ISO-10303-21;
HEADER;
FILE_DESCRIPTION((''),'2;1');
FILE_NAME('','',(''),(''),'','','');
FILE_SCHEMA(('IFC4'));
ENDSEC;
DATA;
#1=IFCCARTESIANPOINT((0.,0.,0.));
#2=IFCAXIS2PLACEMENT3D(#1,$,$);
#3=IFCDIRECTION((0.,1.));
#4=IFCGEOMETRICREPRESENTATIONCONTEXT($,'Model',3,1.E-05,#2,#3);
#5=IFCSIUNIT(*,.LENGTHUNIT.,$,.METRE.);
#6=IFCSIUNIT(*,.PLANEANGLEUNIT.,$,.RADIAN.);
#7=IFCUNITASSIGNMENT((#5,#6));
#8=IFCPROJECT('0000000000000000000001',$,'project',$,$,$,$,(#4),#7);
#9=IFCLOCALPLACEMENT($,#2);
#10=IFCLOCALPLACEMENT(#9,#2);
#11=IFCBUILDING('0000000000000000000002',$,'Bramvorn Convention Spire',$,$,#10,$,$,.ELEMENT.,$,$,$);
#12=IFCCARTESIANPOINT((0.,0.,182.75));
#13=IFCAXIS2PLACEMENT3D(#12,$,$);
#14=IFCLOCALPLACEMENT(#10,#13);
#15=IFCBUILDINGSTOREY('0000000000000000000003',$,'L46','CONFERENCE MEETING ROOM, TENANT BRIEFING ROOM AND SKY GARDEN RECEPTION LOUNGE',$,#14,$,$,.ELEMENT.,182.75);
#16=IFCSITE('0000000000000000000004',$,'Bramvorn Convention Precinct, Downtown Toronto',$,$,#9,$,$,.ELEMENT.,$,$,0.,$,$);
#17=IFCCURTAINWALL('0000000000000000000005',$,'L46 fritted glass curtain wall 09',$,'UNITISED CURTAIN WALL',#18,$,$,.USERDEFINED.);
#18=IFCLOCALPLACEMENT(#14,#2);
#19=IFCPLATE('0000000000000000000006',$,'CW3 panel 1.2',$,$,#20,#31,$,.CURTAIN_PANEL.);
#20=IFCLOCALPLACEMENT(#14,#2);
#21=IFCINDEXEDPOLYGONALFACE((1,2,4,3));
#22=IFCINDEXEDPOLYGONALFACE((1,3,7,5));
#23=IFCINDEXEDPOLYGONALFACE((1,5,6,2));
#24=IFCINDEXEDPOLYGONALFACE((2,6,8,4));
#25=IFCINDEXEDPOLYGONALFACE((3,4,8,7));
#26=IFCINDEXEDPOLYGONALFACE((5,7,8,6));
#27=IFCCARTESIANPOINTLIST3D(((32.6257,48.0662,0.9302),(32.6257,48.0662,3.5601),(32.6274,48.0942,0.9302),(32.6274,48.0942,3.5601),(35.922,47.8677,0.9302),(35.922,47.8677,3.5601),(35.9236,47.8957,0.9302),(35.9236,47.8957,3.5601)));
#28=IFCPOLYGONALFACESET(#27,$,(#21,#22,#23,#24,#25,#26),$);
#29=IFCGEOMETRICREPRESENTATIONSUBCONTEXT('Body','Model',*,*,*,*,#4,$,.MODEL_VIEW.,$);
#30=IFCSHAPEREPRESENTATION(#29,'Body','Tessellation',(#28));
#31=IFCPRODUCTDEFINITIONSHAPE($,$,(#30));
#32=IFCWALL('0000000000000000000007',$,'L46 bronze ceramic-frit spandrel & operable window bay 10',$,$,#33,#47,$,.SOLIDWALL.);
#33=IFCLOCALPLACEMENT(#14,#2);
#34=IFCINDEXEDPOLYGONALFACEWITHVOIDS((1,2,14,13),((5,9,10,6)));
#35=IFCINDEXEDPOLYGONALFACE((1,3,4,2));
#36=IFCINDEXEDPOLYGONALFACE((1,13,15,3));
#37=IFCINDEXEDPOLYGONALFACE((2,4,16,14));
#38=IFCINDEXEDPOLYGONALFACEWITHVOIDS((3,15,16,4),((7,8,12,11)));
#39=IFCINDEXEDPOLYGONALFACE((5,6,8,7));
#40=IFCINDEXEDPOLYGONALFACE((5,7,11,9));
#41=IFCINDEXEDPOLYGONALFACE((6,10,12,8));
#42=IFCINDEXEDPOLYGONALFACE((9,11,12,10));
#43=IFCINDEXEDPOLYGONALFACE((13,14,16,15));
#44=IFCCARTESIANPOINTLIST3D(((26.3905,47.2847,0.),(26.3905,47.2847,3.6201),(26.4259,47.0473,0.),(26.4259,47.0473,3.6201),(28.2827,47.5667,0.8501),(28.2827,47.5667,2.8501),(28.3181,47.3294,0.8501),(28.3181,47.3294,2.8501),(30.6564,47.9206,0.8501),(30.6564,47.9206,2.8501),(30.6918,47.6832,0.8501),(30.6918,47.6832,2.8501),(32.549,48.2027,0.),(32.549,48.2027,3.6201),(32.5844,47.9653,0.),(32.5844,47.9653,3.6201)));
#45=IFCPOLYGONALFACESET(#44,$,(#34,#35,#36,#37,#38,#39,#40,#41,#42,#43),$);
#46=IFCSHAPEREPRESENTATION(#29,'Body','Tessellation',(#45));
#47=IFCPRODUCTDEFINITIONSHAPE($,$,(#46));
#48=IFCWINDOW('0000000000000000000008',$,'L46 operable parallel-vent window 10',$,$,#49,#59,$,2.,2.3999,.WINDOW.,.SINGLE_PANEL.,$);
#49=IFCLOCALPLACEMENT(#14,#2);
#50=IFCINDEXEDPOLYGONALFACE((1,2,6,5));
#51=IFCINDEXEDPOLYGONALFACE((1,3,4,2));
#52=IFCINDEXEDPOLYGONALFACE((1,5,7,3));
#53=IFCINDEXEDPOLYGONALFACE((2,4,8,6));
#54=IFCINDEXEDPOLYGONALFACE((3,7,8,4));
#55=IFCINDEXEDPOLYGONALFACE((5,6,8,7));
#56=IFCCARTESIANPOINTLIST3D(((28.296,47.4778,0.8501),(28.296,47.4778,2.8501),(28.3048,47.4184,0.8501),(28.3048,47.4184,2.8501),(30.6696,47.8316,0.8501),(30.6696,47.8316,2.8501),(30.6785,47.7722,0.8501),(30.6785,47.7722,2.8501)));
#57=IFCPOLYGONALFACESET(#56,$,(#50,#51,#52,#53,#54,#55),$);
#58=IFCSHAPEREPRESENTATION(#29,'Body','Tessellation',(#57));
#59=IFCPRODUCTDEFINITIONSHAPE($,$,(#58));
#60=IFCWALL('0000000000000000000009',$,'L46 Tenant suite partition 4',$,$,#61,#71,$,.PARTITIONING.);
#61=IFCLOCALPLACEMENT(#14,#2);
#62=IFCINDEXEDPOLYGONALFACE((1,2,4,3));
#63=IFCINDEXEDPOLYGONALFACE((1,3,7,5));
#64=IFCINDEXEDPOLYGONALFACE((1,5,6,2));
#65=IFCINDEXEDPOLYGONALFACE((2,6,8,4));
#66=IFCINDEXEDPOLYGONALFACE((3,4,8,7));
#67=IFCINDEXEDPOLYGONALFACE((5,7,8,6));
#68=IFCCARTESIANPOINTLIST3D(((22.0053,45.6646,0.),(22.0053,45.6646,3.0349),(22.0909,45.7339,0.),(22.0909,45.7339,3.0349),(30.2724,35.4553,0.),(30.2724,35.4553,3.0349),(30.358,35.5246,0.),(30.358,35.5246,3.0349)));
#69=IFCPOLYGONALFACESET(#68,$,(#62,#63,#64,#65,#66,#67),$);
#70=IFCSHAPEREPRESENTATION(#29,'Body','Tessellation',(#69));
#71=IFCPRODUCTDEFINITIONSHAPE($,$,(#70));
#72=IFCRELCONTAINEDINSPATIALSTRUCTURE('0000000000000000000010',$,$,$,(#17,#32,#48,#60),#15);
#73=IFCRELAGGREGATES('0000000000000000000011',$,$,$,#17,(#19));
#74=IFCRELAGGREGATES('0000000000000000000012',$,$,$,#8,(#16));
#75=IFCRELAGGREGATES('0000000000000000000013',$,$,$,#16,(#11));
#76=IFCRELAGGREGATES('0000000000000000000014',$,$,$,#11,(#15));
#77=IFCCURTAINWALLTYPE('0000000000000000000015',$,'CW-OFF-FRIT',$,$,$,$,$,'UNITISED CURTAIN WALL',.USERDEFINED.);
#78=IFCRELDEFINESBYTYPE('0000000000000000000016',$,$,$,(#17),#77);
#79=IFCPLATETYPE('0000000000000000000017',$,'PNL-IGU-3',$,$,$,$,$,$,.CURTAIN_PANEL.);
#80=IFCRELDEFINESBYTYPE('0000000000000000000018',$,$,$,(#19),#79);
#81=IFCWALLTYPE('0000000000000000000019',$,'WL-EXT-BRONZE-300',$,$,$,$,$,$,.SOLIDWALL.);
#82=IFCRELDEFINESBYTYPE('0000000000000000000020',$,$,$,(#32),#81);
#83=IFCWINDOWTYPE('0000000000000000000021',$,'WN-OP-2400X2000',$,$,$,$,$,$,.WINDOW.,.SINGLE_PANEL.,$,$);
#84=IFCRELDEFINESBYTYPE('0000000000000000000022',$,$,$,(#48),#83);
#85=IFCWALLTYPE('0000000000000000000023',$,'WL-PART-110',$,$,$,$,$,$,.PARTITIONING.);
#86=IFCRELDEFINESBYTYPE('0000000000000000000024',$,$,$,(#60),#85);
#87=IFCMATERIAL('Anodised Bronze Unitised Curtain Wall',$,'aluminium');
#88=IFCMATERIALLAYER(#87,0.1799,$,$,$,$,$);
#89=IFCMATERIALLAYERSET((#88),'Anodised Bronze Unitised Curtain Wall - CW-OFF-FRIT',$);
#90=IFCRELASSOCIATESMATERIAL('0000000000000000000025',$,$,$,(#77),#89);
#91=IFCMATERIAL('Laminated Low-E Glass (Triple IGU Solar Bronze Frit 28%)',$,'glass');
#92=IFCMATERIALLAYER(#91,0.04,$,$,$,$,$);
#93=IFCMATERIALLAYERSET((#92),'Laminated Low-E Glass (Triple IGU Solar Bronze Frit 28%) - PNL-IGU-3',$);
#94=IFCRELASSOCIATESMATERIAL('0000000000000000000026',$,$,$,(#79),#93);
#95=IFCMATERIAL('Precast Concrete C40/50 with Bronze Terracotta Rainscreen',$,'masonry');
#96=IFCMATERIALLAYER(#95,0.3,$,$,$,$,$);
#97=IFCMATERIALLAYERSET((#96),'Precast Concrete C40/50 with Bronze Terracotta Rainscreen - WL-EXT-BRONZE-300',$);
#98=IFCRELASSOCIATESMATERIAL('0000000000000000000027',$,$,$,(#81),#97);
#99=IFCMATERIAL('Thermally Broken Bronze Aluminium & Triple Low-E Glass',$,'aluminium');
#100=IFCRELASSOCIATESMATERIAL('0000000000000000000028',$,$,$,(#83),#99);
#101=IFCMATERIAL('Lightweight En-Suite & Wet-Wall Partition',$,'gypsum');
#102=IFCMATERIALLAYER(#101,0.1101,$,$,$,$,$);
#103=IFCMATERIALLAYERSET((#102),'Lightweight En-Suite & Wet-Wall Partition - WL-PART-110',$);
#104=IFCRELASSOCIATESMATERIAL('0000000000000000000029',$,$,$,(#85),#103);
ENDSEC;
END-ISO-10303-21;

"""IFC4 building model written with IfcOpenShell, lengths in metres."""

from ifc_helpers import new_model, si_unit, direction, frame, frame_2d, origin, origin_2d, place, context, subcontext, project, spatial, rectangle, extrude, material, layer, layer_set, type_object, element, fill, aggregate, save


model = new_model("IFC4")

# Units and contexts
model_context = context("Model", 3, precision=1e-05, world=origin(), true_north=direction((0.0, 1.0)))
body_context = subcontext(model_context, "Body", "Model", "MODEL_VIEW")
ifc_project = project(units=[si_unit("LENGTHUNIT", "METRE"), si_unit("PLANEANGLEUNIT", "RADIAN")], contexts=[model_context])

# Site, building, storey
site_placement = place(None, origin())
site = spatial("IfcSite", under=ifc_project, at=site_placement, Name="Bramvorn Convention Precinct, Downtown Toronto", CompositionType="ELEMENT", RefElevation=0.0)
building_placement = place(site_placement, origin())
building = spatial("IfcBuilding", under=site, at=building_placement, Name="Bramvorn Convention Spire", CompositionType="ELEMENT")
storey_placement = place(building_placement, frame((0.0, 0.0, 182.75)))
storey = spatial("IfcBuildingStorey", under=building, at=storey_placement, Name="L46", Description="CONFERENCE MEETING ROOM, TENANT BRIEFING ROOM AND SKY GARDEN RECEPTION LOUNGE", CompositionType="ELEMENT", Elevation=182.75)

# Curtain wall
ifc_material_1 = material(Name="Anodised Bronze Unitised Curtain Wall", Category="aluminium")
ifc_layer_1 = layer(ifc_material_1, 0.1799)
ifc_layer_set_1 = layer_set([ifc_layer_1], Name="Anodised Bronze Unitised Curtain Wall - CW-OFF-FRIT")
curtain_wall_type = type_object("IfcCurtainWallType", Name="CW-OFF-FRIT", ElementType="UNITISED CURTAIN WALL", PredefinedType="USERDEFINED", material=ifc_layer_set_1)
curtain_wall_placement = place(storey_placement, origin())
curtain_wall = element("IfcCurtainWall", 1, at=curtain_wall_placement, inside=storey, type_object=curtain_wall_type, Name="L46 fritted glass curtain wall 09", ObjectType="UNITISED CURTAIN WALL", PredefinedType="USERDEFINED")

# Plate
ifc_material_2 = material(Name="Laminated Low-E Glass (Triple IGU Solar Bronze Frit 28%)", Category="glass")
ifc_layer_2 = layer(ifc_material_2, 0.04)
ifc_layer_set_2 = layer_set([ifc_layer_2], Name="Laminated Low-E Glass (Triple IGU Solar Bronze Frit 28%) - PNL-IGU-3")
plate_type = type_object("IfcPlateType", Name="PNL-IGU-3", PredefinedType="CURTAIN_PANEL", material=ifc_layer_set_2)
plate_1_placement = place(storey_placement, frame((34.2747, 47.981, 0.9302), z_axis=(0.0, 0.0, 1.0), x_axis=(0.998191, -0.060123, 0.0)))
plate_1 = element("IfcPlate", 2, at=plate_1_placement, type_object=plate_type, Name="CW3 panel 1.2", PredefinedType="CURTAIN_PANEL", context=body_context, shape_type="SweptSolid", body=[
    extrude(rectangle(XDim=3.3022, YDim=0.0281, at=origin_2d()), origin(), (0.0, 0.0, 1.0), 2.6299),
])
aggregate(curtain_wall, [plate_1])

# Wall, opening, window
ifc_material_3 = material(Name="Precast Concrete C40/50 with Bronze Terracotta Rainscreen", Category="masonry")
ifc_layer_3 = layer(ifc_material_3, 0.3)
ifc_layer_set_3 = layer_set([ifc_layer_3], Name="Precast Concrete C40/50 with Bronze Terracotta Rainscreen - WL-EXT-BRONZE-300")
wall_type_1 = type_object("IfcWallType", Name="WL-EXT-BRONZE-300", PredefinedType="SOLIDWALL", material=ifc_layer_set_3)
wall_1_placement = place(storey_placement, frame((26.4082, 47.166, 0.0), z_axis=(0.0, 0.0, 1.0), x_axis=(0.989073, 0.14743, 0.0)))
wall_1 = element("IfcWall", 3, at=wall_1_placement, inside=storey, type_object=wall_type_1, Name="L46 bronze ceramic-frit spandrel & operable window bay 10", PredefinedType="SOLIDWALL", context=body_context, shape_type="SweptSolid", body=[
    extrude(rectangle(XDim=6.2266, YDim=0.24, at=frame_2d((3.1133, 0.0))), origin(), (0.0, 0.0, 1.0), 3.6201),
])
opening_placement = place(wall_1_placement, frame((1.9131, 0.0, 0.8501)))
opening = element("IfcOpeningElement", 4, at=opening_placement, cuts=wall_1, PredefinedType="OPENING", context=body_context, shape_type="SweptSolid", body=[
    extrude(rectangle(XDim=2.3999, YDim=2.0, at=frame_2d((1.2, 1.0))), frame((0.0, 0.1299, 0.0), z_axis=(0.0, -1.0, 0.0), x_axis=(1.0, 0.0, 0.0)), (0.0, 0.0, 1.0), 0.26),
])
ifc_material_4 = material(Name="Thermally Broken Bronze Aluminium & Triple Low-E Glass", Category="aluminium")
window_type = type_object("IfcWindowType", Name="WN-OP-2400X2000", PartitioningType="SINGLE_PANEL", PredefinedType="WINDOW", material=ifc_material_4)
window_placement = place(opening_placement, origin())
window = element("IfcWindow", 5, at=window_placement, inside=storey, type_object=window_type, Name="L46 operable parallel-vent window 10", OverallHeight=2.0, OverallWidth=2.3999, PartitioningType="SINGLE_PANEL", PredefinedType="WINDOW", context=body_context, shape_type="SweptSolid", body=[
    extrude(rectangle(XDim=2.3999, YDim=2.0, at=frame_2d((1.2, 1.0))), frame((0.0, 0.03, 0.0), z_axis=(0.0, -1.0, 0.0), x_axis=(1.0, 0.0, 0.0)), (0.0, 0.0, 1.0), 0.0601),
])
fill(opening, window)

# Wall
ifc_material_5 = material(Name="Lightweight En-Suite & Wet-Wall Partition", Category="gypsum")
ifc_layer_4 = layer(ifc_material_5, 0.1101)
ifc_layer_set_4 = layer_set([ifc_layer_4], Name="Lightweight En-Suite & Wet-Wall Partition - WL-PART-110")
wall_type_2 = type_object("IfcWallType", Name="WL-PART-110", PredefinedType="PARTITIONING", material=ifc_layer_set_4)
wall_2_placement = place(storey_placement, frame((30.3152, 35.49, 0.0), z_axis=(0.0, 0.0, 1.0), x_axis=(-0.629312, 0.777153, 0.0)))
element("IfcWall", 6, at=wall_2_placement, inside=storey, type_object=wall_type_2, Name="L46 Tenant suite partition 4", PredefinedType="PARTITIONING", context=body_context, shape_type="SweptSolid", body=[
    extrude(rectangle(XDim=13.1367, YDim=0.1101, at=frame_2d((6.5684, 0.0))), origin(), (0.0, 0.0, 1.0), 3.0349),
])

save(model, "model.ifc")
